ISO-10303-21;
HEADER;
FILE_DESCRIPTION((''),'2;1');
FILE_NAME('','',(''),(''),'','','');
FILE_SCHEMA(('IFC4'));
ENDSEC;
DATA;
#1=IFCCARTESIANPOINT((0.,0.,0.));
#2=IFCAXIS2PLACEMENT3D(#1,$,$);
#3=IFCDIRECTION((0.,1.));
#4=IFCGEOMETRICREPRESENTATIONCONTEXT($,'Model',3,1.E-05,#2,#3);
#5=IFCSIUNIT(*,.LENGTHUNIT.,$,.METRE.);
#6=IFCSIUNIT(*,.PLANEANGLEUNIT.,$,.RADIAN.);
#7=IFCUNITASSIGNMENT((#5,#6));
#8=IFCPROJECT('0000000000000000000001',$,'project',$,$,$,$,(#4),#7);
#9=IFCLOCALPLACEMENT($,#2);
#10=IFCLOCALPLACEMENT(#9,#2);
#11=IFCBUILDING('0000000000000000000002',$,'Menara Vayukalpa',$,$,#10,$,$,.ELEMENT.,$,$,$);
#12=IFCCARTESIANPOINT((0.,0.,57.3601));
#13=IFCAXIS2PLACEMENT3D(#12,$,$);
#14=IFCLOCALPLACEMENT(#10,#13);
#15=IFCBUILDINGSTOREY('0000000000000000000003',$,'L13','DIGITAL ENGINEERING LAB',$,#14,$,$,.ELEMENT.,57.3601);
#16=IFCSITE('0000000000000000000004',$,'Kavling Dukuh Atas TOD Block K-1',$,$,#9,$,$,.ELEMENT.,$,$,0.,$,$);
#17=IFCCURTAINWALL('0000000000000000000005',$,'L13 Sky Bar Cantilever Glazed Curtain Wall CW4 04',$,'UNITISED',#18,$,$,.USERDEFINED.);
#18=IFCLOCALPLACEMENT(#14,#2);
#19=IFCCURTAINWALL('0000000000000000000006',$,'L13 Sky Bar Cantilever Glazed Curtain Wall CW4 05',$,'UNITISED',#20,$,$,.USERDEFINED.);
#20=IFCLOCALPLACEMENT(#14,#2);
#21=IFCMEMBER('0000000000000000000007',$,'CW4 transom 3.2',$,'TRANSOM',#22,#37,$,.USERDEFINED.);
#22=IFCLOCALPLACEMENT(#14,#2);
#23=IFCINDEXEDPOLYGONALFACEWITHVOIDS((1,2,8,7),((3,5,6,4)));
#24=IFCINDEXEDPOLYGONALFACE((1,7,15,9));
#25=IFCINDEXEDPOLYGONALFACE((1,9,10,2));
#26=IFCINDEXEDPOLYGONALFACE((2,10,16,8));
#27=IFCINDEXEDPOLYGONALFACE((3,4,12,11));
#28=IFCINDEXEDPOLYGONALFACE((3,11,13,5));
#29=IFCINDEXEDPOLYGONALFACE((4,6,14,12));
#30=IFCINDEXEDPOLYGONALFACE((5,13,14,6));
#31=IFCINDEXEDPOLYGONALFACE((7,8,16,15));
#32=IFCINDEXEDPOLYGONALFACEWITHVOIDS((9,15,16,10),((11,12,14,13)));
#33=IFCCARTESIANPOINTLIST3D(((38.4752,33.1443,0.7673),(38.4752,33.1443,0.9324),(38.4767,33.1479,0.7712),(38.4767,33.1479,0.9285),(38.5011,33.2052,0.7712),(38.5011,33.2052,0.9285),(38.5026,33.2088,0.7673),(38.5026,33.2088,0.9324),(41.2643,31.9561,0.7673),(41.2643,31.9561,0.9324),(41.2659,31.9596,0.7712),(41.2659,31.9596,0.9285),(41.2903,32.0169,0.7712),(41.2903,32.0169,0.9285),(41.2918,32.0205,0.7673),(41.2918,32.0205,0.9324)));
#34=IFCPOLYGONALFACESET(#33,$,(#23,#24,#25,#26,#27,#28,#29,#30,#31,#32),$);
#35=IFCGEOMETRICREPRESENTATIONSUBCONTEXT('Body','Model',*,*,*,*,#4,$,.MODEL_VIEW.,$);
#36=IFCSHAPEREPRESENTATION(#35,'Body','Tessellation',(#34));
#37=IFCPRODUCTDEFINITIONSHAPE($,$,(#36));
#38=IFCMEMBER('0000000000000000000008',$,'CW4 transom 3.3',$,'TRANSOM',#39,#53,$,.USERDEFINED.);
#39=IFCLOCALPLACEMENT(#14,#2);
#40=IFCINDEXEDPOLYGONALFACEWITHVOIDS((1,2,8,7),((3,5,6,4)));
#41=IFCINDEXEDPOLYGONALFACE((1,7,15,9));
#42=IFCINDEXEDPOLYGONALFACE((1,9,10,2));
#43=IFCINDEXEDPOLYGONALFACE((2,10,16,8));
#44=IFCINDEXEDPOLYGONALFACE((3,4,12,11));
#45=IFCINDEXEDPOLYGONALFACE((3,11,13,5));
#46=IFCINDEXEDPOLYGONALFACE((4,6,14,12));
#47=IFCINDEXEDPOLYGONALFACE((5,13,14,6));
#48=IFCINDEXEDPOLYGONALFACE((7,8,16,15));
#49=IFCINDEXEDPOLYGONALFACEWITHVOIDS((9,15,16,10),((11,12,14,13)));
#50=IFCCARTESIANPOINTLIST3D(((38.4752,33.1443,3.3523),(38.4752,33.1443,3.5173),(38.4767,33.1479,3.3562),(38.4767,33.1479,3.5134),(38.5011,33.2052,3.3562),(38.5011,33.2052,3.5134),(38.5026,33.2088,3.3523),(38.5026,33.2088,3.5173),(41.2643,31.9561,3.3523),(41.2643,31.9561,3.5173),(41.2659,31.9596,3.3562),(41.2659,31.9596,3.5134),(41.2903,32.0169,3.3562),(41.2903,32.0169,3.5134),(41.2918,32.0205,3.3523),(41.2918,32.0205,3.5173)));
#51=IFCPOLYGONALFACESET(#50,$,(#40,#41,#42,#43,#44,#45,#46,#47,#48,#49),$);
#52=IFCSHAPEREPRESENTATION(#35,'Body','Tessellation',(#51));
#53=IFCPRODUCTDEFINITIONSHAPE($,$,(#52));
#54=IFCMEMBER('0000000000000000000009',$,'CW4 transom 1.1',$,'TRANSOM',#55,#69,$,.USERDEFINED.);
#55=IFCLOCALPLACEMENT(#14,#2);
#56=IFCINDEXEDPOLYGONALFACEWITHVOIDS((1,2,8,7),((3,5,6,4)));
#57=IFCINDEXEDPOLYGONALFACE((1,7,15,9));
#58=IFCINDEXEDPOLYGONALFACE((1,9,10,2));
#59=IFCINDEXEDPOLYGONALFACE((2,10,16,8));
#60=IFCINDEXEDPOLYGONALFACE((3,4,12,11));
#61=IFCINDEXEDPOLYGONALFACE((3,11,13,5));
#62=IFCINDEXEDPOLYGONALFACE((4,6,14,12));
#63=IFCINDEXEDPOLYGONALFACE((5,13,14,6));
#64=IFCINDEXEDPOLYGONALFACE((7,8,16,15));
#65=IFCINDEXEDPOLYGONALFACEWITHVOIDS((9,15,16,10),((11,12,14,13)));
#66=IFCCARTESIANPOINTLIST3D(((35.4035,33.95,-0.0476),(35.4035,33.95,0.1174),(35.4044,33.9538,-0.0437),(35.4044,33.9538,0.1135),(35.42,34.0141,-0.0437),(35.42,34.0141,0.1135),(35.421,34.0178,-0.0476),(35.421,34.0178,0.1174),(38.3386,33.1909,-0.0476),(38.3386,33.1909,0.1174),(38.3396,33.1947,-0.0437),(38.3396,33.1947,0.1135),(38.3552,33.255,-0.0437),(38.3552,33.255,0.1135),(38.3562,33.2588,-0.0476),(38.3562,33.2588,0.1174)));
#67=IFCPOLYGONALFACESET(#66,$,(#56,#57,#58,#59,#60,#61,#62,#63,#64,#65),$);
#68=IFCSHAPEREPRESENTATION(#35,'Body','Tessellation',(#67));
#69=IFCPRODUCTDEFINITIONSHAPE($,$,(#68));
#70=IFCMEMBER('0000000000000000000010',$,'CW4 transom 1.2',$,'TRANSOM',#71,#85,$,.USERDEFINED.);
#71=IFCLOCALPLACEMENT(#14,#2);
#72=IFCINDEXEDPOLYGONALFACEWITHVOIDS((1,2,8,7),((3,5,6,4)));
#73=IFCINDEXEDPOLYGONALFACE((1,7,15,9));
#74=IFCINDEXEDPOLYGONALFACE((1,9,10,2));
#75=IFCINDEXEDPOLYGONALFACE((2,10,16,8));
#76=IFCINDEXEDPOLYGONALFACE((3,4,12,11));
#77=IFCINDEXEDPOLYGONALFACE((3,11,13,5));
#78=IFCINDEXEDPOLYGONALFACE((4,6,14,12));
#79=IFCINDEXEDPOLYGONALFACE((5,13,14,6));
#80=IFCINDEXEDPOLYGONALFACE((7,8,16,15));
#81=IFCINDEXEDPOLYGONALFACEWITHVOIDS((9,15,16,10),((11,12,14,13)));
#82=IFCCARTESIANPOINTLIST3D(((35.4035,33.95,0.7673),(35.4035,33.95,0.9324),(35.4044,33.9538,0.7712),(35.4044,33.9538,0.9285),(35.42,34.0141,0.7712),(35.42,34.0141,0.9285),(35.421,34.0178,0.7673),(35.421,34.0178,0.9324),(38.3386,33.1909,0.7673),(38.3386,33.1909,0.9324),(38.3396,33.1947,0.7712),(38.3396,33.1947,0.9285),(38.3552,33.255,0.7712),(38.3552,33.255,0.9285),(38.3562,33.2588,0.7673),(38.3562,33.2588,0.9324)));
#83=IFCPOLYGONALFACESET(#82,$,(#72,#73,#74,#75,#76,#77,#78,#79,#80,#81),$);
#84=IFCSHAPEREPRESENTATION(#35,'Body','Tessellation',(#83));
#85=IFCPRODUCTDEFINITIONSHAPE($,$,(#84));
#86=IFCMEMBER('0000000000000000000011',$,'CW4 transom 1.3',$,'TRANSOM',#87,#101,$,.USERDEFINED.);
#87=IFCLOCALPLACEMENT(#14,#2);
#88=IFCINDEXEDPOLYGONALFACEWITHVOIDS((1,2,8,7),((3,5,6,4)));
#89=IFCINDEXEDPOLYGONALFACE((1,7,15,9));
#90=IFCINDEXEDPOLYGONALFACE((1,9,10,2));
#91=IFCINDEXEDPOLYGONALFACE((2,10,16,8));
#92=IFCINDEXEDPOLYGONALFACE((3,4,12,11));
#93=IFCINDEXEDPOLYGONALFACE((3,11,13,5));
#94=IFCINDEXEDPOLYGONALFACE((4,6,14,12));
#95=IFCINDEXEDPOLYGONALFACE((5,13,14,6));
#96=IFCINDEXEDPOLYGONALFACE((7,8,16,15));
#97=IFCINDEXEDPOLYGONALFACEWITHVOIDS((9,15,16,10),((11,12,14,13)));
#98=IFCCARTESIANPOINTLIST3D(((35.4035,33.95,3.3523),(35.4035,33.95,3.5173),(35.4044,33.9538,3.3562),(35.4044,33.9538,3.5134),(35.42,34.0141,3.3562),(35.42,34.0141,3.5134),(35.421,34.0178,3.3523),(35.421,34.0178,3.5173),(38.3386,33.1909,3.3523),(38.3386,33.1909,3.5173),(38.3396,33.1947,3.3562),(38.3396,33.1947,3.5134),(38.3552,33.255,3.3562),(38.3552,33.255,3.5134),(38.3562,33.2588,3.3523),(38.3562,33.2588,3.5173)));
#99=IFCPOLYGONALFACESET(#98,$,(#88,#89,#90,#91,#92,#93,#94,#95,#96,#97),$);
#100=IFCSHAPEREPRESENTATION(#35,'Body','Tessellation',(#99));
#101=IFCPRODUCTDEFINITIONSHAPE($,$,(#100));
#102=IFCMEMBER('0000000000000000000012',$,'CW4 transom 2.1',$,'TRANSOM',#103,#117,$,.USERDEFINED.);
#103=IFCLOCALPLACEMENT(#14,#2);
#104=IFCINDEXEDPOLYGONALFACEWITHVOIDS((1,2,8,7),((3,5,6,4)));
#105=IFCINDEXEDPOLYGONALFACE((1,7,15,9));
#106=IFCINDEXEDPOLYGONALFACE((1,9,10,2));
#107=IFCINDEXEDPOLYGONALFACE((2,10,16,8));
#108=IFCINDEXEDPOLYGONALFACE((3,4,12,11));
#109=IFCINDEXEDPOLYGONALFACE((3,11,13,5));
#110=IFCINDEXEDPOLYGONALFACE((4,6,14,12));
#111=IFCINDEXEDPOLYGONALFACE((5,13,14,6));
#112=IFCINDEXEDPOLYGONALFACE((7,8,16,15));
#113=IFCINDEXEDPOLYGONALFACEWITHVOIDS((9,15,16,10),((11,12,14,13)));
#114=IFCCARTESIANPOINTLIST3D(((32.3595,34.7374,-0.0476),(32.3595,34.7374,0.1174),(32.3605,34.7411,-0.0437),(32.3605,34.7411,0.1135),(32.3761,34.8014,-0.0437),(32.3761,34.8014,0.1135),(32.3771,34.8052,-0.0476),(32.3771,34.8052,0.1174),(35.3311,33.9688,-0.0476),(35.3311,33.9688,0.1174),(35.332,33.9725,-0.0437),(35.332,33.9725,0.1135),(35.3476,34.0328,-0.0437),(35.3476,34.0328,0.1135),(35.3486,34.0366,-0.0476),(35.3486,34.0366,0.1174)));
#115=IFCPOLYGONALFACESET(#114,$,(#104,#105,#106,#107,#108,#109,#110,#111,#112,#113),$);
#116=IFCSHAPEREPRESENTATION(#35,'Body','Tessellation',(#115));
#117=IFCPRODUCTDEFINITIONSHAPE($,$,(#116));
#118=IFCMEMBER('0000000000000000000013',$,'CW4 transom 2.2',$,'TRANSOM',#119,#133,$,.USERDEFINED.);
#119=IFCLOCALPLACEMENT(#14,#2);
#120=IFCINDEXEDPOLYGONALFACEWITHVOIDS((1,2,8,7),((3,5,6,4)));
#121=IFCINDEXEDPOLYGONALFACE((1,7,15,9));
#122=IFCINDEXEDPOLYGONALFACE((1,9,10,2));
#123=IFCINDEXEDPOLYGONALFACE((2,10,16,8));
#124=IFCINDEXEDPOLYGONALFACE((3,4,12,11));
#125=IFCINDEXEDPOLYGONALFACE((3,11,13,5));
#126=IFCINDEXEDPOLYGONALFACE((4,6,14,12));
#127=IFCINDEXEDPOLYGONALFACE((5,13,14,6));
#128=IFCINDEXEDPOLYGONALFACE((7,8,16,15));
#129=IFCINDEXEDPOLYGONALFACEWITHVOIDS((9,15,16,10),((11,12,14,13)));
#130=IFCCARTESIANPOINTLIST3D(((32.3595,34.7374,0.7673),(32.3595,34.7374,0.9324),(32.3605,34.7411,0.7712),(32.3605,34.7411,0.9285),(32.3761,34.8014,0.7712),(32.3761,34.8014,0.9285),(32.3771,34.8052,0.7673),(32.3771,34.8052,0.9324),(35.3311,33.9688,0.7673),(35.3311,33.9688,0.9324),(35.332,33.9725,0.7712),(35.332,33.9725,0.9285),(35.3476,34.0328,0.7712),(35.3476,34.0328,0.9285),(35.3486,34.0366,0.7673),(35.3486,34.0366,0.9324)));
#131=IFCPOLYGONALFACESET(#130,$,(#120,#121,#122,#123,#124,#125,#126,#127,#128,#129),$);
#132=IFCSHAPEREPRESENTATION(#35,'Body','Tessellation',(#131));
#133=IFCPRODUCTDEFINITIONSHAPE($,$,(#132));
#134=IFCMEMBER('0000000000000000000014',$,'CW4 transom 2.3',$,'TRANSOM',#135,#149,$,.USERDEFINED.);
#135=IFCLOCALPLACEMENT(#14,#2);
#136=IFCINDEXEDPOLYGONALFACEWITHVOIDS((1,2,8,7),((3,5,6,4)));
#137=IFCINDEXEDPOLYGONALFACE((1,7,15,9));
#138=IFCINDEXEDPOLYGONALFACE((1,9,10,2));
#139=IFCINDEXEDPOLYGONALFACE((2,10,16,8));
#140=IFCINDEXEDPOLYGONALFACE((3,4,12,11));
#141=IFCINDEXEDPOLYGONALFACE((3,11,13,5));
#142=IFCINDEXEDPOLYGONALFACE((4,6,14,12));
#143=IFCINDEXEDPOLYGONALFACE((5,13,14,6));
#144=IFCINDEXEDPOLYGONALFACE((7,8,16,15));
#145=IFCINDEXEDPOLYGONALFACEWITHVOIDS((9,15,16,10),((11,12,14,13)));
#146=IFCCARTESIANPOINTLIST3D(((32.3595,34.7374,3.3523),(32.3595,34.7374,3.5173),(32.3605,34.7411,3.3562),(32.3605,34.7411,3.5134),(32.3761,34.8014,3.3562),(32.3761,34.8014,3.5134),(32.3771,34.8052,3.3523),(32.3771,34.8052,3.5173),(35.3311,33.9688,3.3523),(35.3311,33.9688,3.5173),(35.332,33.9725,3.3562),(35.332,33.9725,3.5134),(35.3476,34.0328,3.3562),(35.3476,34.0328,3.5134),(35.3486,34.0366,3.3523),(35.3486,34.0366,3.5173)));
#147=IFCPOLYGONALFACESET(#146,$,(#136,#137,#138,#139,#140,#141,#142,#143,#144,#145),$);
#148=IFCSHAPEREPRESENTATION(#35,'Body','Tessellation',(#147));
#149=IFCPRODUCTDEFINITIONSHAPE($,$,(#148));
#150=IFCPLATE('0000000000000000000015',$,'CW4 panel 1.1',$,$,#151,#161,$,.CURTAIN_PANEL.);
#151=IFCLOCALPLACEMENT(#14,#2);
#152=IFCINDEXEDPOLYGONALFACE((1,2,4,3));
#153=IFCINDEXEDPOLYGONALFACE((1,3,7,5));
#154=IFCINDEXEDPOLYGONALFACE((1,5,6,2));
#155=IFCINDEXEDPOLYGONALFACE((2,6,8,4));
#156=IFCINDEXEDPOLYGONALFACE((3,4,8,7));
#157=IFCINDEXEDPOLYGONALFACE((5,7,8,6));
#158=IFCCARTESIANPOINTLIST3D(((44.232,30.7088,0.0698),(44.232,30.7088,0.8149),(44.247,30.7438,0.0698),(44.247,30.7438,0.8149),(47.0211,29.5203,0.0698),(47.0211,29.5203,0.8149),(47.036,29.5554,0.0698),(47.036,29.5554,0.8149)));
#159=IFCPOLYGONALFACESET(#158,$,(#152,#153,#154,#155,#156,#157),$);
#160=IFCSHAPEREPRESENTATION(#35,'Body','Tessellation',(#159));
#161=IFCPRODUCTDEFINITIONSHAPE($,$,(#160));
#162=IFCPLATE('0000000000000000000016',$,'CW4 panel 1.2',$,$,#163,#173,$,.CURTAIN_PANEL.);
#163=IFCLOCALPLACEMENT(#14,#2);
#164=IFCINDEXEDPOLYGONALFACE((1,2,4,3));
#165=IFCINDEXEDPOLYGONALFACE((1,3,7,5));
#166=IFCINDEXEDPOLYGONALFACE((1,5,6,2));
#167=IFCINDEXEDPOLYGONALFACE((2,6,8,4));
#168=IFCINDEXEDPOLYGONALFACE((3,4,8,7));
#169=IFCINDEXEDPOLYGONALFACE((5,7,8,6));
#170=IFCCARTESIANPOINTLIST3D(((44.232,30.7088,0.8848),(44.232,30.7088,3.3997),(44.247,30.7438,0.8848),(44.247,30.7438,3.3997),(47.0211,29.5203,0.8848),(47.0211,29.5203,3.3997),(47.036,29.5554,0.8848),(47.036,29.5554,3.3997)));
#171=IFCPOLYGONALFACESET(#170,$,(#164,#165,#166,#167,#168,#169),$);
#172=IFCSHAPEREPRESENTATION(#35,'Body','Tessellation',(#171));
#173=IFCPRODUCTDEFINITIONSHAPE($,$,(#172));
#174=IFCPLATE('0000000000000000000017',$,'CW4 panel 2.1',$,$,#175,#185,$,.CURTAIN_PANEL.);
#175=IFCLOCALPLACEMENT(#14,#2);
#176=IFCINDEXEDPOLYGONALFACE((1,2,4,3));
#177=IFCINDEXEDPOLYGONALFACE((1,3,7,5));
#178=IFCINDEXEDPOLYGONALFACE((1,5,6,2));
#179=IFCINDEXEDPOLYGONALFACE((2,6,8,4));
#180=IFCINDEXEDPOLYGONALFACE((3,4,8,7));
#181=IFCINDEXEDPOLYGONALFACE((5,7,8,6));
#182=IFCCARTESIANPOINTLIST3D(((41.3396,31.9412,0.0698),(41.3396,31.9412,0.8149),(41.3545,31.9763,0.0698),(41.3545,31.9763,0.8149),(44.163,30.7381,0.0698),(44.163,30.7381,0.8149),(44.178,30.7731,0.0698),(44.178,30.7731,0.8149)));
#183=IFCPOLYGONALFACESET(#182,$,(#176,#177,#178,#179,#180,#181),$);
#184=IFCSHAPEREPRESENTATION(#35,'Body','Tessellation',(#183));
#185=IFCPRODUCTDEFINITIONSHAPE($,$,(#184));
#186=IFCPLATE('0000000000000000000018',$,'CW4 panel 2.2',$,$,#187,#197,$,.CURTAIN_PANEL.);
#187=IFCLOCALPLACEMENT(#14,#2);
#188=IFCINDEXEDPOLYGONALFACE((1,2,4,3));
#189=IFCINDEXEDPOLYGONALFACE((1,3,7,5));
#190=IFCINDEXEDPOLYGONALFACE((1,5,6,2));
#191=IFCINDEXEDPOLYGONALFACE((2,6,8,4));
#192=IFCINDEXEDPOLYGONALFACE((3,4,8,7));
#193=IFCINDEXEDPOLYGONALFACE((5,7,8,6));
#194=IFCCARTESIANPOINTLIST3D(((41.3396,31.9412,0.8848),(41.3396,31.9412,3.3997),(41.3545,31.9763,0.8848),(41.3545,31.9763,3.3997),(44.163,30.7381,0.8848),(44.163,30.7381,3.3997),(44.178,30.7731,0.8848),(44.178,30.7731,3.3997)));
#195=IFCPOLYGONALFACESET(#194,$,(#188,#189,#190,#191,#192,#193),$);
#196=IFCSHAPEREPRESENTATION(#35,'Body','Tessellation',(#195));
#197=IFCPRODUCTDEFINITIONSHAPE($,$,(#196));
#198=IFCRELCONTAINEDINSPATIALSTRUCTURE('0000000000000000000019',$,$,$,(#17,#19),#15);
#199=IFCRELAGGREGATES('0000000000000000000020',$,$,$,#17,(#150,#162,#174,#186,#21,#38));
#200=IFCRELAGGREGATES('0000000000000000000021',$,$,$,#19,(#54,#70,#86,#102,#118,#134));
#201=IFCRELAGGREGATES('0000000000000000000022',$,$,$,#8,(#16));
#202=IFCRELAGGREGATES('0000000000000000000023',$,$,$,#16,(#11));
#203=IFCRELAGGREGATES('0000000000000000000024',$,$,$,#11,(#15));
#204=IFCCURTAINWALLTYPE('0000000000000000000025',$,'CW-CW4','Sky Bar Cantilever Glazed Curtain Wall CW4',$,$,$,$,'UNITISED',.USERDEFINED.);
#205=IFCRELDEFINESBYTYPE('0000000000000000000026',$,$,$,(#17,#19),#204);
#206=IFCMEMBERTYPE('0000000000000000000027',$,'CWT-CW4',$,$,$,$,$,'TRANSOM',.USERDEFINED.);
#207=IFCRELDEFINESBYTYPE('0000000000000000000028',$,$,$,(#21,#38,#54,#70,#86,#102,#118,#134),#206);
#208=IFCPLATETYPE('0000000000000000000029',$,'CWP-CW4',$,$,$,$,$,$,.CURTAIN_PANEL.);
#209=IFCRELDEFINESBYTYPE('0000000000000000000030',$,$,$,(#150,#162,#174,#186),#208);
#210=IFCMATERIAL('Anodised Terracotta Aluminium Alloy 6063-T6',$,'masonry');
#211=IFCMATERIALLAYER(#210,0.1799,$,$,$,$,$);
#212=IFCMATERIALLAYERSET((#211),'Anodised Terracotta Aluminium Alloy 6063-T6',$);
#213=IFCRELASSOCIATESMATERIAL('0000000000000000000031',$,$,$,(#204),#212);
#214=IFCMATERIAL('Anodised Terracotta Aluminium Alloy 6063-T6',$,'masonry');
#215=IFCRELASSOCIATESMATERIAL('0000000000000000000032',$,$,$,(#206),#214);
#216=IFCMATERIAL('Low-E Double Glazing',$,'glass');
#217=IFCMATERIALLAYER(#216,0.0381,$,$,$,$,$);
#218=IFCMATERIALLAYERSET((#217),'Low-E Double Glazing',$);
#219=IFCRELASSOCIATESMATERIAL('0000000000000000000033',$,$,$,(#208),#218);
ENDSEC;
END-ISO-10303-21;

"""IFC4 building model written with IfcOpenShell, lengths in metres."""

from ifc_helpers import new_model, si_unit, direction, frame, origin, origin_2d, place, context, subcontext, project, spatial, rectangle, hollow_rectangle, extrude, material, layer, layer_set, material_profile, profile_set, type_object, element, aggregate, save


model = new_model("IFC4")

# Units and contexts
model_context = context("Model", 3, precision=1e-05, world=origin(), true_north=direction((0.0, 1.0)))
body_context = subcontext(model_context, "Body", "Model", "MODEL_VIEW")
ifc_project = project(units=[si_unit("LENGTHUNIT", "METRE"), si_unit("PLANEANGLEUNIT", "RADIAN")], contexts=[model_context])

# Site, building, storey
site_placement = place(None, origin())
site = spatial("IfcSite", under=ifc_project, at=site_placement, Name="Kavling Dukuh Atas TOD Block K-1", CompositionType="ELEMENT", RefElevation=0.0)
building_placement = place(site_placement, origin())
building = spatial("IfcBuilding", under=site, at=building_placement, Name="Menara Vayukalpa", CompositionType="ELEMENT")
storey_placement = place(building_placement, frame((0.0, 0.0, 57.3601)))
storey = spatial("IfcBuildingStorey", under=building, at=storey_placement, Name="L13", Description="DIGITAL ENGINEERING LAB", CompositionType="ELEMENT", Elevation=57.3601)

# Curtain walls
ifc_material_1 = material(Name="Anodised Terracotta Aluminium Alloy 6063-T6", Category="masonry")
ifc_layer_1 = layer(ifc_material_1, 0.1799)
ifc_layer_set_1 = layer_set([ifc_layer_1], Name="Anodised Terracotta Aluminium Alloy 6063-T6")
curtain_wall_type = type_object("IfcCurtainWallType", Name="CW-CW4", Description="Sky Bar Cantilever Glazed Curtain Wall CW4", ElementType="UNITISED", PredefinedType="USERDEFINED", material=ifc_layer_set_1)
curtain_wall_1_placement = place(storey_placement, origin())
curtain_wall_1 = element("IfcCurtainWall", 1, at=curtain_wall_1_placement, inside=storey, type_object=curtain_wall_type, Name="L13 Sky Bar Cantilever Glazed Curtain Wall CW4 04", ObjectType="UNITISED", PredefinedType="USERDEFINED")
curtain_wall_2_placement = place(storey_placement, origin())
curtain_wall_2 = element("IfcCurtainWall", 2, at=curtain_wall_2_placement, inside=storey, type_object=curtain_wall_type, Name="L13 Sky Bar Cantilever Glazed Curtain Wall CW4 05", ObjectType="UNITISED", PredefinedType="USERDEFINED")

# Members
ifc_material_2 = material(Name="Anodised Terracotta Aluminium Alloy 6063-T6", Category="masonry")
ifc_material_profile_1 = material_profile(ifc_material_2, hollow_rectangle(XDim=0.0701, YDim=0.165, WallThickness=0.0039, at=origin_2d()), Name="ALU 70x165x4")
ifc_profile_set_1 = profile_set([ifc_material_profile_1], Name="Anodised Terracotta Aluminium Alloy 6063-T6")
member_type_1 = type_object("IfcMemberType", Name="CWT-CW4", ElementType="TRANSOM", PredefinedType="USERDEFINED", material=ifc_profile_set_1)
member_1_placement = place(storey_placement, frame((41.2781, 31.9883, 0.8499), z_axis=(-0.919988, 0.391945, 0.0), x_axis=(-0.391945, -0.919988, 0.0)))
member_1 = element("IfcMember", 3, at=member_1_placement, type_object=member_type_1, Name="CW4 transom 3.2", ObjectType="TRANSOM", PredefinedType="USERDEFINED", context=body_context, shape_type="SweptSolid", body=[
    extrude(hollow_rectangle(XDim=0.0701, YDim=0.165, WallThickness=0.0039, at=origin_2d()), origin(), (0.0, 0.0, 1.0), 3.0317),
])
member_2_placement = place(storey_placement, frame((41.2781, 31.9883, 3.4348), z_axis=(-0.919988, 0.391945, 0.0), x_axis=(-0.391945, -0.919988, 0.0)))
member_2 = element("IfcMember", 4, at=member_2_placement, type_object=member_type_1, Name="CW4 transom 3.3", ObjectType="TRANSOM", PredefinedType="USERDEFINED", context=body_context, shape_type="SweptSolid", body=[
    extrude(hollow_rectangle(XDim=0.0701, YDim=0.165, WallThickness=0.0039, at=origin_2d()), origin(), (0.0, 0.0, 1.0), 3.0317),
])
member_3_placement = place(storey_placement, frame((38.3474, 33.2249, 0.0349), z_axis=(-0.96815, 0.250372, 0.0), x_axis=(-0.250372, -0.96815, 0.0)))
member_3 = element("IfcMember", 5, at=member_3_placement, type_object=member_type_1, Name="CW4 transom 1.1", ObjectType="TRANSOM", PredefinedType="USERDEFINED", context=body_context, shape_type="SweptSolid", body=[
    extrude(hollow_rectangle(XDim=0.0701, YDim=0.165, WallThickness=0.0039, at=origin_2d()), origin(), (0.0, 0.0, 1.0), 3.0317),
])
member_4_placement = place(storey_placement, frame((38.3474, 33.2249, 0.8499), z_axis=(-0.96815, 0.250372, 0.0), x_axis=(-0.250372, -0.96815, 0.0)))
member_4 = element("IfcMember", 6, at=member_4_placement, type_object=member_type_1, Name="CW4 transom 1.2", ObjectType="TRANSOM", PredefinedType="USERDEFINED", context=body_context, shape_type="SweptSolid", body=[
    extrude(hollow_rectangle(XDim=0.0701, YDim=0.165, WallThickness=0.0039, at=origin_2d()), origin(), (0.0, 0.0, 1.0), 3.0317),
])
member_5_placement = place(storey_placement, frame((38.3474, 33.2249, 3.4348), z_axis=(-0.96815, 0.250372, 0.0), x_axis=(-0.250372, -0.96815, 0.0)))
member_5 = element("IfcMember", 7, at=member_5_placement, type_object=member_type_1, Name="CW4 transom 1.3", ObjectType="TRANSOM", PredefinedType="USERDEFINED", context=body_context, shape_type="SweptSolid", body=[
    extrude(hollow_rectangle(XDim=0.0701, YDim=0.165, WallThickness=0.0039, at=origin_2d()), origin(), (0.0, 0.0, 1.0), 3.0317),
])
member_6_placement = place(storey_placement, frame((35.3398, 34.0027, 0.0349), z_axis=(-0.968141, 0.250407, 0.0), x_axis=(-0.250407, -0.968141, 0.0)))
member_6 = element("IfcMember", 8, at=member_6_placement, type_object=member_type_1, Name="CW4 transom 2.1", ObjectType="TRANSOM", PredefinedType="USERDEFINED", context=body_context, shape_type="SweptSolid", body=[
    extrude(hollow_rectangle(XDim=0.0701, YDim=0.165, WallThickness=0.0039, at=origin_2d()), origin(), (0.0, 0.0, 1.0), 3.0693),
])
member_7_placement = place(storey_placement, frame((35.3398, 34.0027, 0.8499), z_axis=(-0.968141, 0.250407, 0.0), x_axis=(-0.250407, -0.968141, 0.0)))
member_7 = element("IfcMember", 9, at=member_7_placement, type_object=member_type_1, Name="CW4 transom 2.2", ObjectType="TRANSOM", PredefinedType="USERDEFINED", context=body_context, shape_type="SweptSolid", body=[
    extrude(hollow_rectangle(XDim=0.0701, YDim=0.165, WallThickness=0.0039, at=origin_2d()), origin(), (0.0, 0.0, 1.0), 3.0693),
])
member_8_placement = place(storey_placement, frame((35.3398, 34.0027, 3.4348), z_axis=(-0.968141, 0.250407, 0.0), x_axis=(-0.250407, -0.968141, 0.0)))
member_8 = element("IfcMember", 10, at=member_8_placement, type_object=member_type_1, Name="CW4 transom 2.3", ObjectType="TRANSOM", PredefinedType="USERDEFINED", context=body_context, shape_type="SweptSolid", body=[
    extrude(hollow_rectangle(XDim=0.0701, YDim=0.165, WallThickness=0.0039, at=origin_2d()), origin(), (0.0, 0.0, 1.0), 3.0693),
])

# Plates
ifc_material_3 = material(Name="Low-E Double Glazing", Category="glass")
ifc_layer_2 = layer(ifc_material_3, 0.0381)
ifc_layer_set_2 = layer_set([ifc_layer_2], Name="Low-E Double Glazing")
plate_type = type_object("IfcPlateType", Name="CWP-CW4", PredefinedType="CURTAIN_PANEL", material=ifc_layer_set_2)
plate_1_placement = place(storey_placement, frame((45.634, 30.1321, 0.0698), z_axis=(0.0, 0.0, 1.0), x_axis=(-0.919962, 0.392008, 0.0)))
plate_1 = element("IfcPlate", 11, at=plate_1_placement, type_object=plate_type, Name="CW4 panel 1.1", PredefinedType="CURTAIN_PANEL", context=body_context, shape_type="SweptSolid", body=[
    extrude(rectangle(XDim=3.0317, YDim=0.0381, at=origin_2d()), origin(), (0.0, 0.0, 1.0), 0.7451),
])
plate_2_placement = place(storey_placement, frame((45.634, 30.1321, 0.8848), z_axis=(0.0, 0.0, 1.0), x_axis=(-0.919962, 0.392008, 0.0)))
plate_2 = element("IfcPlate", 12, at=plate_2_placement, type_object=plate_type, Name="CW4 panel 1.2", PredefinedType="CURTAIN_PANEL", context=body_context, shape_type="SweptSolid", body=[
    extrude(rectangle(XDim=3.0317, YDim=0.0381, at=origin_2d()), origin(), (0.0, 0.0, 1.0), 2.5149),
])
plate_3_placement = place(storey_placement, frame((42.7588, 31.3572, 0.0698), z_axis=(0.0, 0.0, 1.0), x_axis=(-0.919962, 0.392008, 0.0)))
plate_3 = element("IfcPlate", 13, at=plate_3_placement, type_object=plate_type, Name="CW4 panel 2.1", PredefinedType="CURTAIN_PANEL", context=body_context, shape_type="SweptSolid", body=[
    extrude(rectangle(XDim=3.0691, YDim=0.0381, at=origin_2d()), origin(), (0.0, 0.0, 1.0), 0.7451),
])
plate_4_placement = place(storey_placement, frame((42.7588, 31.3572, 0.8848), z_axis=(0.0, 0.0, 1.0), x_axis=(-0.919962, 0.392008, 0.0)))
plate_4 = element("IfcPlate", 14, at=plate_4_placement, type_object=plate_type, Name="CW4 panel 2.2", PredefinedType="CURTAIN_PANEL", context=body_context, shape_type="SweptSolid", body=[
    extrude(rectangle(XDim=3.0691, YDim=0.0381, at=origin_2d()), origin(), (0.0, 0.0, 1.0), 2.5149),
])
aggregate(curtain_wall_1, [plate_1, plate_2, plate_3, plate_4, member_1, member_2])
aggregate(curtain_wall_2, [member_3, member_4, member_5, member_6, member_7, member_8])

save(model, "model.ifc")
